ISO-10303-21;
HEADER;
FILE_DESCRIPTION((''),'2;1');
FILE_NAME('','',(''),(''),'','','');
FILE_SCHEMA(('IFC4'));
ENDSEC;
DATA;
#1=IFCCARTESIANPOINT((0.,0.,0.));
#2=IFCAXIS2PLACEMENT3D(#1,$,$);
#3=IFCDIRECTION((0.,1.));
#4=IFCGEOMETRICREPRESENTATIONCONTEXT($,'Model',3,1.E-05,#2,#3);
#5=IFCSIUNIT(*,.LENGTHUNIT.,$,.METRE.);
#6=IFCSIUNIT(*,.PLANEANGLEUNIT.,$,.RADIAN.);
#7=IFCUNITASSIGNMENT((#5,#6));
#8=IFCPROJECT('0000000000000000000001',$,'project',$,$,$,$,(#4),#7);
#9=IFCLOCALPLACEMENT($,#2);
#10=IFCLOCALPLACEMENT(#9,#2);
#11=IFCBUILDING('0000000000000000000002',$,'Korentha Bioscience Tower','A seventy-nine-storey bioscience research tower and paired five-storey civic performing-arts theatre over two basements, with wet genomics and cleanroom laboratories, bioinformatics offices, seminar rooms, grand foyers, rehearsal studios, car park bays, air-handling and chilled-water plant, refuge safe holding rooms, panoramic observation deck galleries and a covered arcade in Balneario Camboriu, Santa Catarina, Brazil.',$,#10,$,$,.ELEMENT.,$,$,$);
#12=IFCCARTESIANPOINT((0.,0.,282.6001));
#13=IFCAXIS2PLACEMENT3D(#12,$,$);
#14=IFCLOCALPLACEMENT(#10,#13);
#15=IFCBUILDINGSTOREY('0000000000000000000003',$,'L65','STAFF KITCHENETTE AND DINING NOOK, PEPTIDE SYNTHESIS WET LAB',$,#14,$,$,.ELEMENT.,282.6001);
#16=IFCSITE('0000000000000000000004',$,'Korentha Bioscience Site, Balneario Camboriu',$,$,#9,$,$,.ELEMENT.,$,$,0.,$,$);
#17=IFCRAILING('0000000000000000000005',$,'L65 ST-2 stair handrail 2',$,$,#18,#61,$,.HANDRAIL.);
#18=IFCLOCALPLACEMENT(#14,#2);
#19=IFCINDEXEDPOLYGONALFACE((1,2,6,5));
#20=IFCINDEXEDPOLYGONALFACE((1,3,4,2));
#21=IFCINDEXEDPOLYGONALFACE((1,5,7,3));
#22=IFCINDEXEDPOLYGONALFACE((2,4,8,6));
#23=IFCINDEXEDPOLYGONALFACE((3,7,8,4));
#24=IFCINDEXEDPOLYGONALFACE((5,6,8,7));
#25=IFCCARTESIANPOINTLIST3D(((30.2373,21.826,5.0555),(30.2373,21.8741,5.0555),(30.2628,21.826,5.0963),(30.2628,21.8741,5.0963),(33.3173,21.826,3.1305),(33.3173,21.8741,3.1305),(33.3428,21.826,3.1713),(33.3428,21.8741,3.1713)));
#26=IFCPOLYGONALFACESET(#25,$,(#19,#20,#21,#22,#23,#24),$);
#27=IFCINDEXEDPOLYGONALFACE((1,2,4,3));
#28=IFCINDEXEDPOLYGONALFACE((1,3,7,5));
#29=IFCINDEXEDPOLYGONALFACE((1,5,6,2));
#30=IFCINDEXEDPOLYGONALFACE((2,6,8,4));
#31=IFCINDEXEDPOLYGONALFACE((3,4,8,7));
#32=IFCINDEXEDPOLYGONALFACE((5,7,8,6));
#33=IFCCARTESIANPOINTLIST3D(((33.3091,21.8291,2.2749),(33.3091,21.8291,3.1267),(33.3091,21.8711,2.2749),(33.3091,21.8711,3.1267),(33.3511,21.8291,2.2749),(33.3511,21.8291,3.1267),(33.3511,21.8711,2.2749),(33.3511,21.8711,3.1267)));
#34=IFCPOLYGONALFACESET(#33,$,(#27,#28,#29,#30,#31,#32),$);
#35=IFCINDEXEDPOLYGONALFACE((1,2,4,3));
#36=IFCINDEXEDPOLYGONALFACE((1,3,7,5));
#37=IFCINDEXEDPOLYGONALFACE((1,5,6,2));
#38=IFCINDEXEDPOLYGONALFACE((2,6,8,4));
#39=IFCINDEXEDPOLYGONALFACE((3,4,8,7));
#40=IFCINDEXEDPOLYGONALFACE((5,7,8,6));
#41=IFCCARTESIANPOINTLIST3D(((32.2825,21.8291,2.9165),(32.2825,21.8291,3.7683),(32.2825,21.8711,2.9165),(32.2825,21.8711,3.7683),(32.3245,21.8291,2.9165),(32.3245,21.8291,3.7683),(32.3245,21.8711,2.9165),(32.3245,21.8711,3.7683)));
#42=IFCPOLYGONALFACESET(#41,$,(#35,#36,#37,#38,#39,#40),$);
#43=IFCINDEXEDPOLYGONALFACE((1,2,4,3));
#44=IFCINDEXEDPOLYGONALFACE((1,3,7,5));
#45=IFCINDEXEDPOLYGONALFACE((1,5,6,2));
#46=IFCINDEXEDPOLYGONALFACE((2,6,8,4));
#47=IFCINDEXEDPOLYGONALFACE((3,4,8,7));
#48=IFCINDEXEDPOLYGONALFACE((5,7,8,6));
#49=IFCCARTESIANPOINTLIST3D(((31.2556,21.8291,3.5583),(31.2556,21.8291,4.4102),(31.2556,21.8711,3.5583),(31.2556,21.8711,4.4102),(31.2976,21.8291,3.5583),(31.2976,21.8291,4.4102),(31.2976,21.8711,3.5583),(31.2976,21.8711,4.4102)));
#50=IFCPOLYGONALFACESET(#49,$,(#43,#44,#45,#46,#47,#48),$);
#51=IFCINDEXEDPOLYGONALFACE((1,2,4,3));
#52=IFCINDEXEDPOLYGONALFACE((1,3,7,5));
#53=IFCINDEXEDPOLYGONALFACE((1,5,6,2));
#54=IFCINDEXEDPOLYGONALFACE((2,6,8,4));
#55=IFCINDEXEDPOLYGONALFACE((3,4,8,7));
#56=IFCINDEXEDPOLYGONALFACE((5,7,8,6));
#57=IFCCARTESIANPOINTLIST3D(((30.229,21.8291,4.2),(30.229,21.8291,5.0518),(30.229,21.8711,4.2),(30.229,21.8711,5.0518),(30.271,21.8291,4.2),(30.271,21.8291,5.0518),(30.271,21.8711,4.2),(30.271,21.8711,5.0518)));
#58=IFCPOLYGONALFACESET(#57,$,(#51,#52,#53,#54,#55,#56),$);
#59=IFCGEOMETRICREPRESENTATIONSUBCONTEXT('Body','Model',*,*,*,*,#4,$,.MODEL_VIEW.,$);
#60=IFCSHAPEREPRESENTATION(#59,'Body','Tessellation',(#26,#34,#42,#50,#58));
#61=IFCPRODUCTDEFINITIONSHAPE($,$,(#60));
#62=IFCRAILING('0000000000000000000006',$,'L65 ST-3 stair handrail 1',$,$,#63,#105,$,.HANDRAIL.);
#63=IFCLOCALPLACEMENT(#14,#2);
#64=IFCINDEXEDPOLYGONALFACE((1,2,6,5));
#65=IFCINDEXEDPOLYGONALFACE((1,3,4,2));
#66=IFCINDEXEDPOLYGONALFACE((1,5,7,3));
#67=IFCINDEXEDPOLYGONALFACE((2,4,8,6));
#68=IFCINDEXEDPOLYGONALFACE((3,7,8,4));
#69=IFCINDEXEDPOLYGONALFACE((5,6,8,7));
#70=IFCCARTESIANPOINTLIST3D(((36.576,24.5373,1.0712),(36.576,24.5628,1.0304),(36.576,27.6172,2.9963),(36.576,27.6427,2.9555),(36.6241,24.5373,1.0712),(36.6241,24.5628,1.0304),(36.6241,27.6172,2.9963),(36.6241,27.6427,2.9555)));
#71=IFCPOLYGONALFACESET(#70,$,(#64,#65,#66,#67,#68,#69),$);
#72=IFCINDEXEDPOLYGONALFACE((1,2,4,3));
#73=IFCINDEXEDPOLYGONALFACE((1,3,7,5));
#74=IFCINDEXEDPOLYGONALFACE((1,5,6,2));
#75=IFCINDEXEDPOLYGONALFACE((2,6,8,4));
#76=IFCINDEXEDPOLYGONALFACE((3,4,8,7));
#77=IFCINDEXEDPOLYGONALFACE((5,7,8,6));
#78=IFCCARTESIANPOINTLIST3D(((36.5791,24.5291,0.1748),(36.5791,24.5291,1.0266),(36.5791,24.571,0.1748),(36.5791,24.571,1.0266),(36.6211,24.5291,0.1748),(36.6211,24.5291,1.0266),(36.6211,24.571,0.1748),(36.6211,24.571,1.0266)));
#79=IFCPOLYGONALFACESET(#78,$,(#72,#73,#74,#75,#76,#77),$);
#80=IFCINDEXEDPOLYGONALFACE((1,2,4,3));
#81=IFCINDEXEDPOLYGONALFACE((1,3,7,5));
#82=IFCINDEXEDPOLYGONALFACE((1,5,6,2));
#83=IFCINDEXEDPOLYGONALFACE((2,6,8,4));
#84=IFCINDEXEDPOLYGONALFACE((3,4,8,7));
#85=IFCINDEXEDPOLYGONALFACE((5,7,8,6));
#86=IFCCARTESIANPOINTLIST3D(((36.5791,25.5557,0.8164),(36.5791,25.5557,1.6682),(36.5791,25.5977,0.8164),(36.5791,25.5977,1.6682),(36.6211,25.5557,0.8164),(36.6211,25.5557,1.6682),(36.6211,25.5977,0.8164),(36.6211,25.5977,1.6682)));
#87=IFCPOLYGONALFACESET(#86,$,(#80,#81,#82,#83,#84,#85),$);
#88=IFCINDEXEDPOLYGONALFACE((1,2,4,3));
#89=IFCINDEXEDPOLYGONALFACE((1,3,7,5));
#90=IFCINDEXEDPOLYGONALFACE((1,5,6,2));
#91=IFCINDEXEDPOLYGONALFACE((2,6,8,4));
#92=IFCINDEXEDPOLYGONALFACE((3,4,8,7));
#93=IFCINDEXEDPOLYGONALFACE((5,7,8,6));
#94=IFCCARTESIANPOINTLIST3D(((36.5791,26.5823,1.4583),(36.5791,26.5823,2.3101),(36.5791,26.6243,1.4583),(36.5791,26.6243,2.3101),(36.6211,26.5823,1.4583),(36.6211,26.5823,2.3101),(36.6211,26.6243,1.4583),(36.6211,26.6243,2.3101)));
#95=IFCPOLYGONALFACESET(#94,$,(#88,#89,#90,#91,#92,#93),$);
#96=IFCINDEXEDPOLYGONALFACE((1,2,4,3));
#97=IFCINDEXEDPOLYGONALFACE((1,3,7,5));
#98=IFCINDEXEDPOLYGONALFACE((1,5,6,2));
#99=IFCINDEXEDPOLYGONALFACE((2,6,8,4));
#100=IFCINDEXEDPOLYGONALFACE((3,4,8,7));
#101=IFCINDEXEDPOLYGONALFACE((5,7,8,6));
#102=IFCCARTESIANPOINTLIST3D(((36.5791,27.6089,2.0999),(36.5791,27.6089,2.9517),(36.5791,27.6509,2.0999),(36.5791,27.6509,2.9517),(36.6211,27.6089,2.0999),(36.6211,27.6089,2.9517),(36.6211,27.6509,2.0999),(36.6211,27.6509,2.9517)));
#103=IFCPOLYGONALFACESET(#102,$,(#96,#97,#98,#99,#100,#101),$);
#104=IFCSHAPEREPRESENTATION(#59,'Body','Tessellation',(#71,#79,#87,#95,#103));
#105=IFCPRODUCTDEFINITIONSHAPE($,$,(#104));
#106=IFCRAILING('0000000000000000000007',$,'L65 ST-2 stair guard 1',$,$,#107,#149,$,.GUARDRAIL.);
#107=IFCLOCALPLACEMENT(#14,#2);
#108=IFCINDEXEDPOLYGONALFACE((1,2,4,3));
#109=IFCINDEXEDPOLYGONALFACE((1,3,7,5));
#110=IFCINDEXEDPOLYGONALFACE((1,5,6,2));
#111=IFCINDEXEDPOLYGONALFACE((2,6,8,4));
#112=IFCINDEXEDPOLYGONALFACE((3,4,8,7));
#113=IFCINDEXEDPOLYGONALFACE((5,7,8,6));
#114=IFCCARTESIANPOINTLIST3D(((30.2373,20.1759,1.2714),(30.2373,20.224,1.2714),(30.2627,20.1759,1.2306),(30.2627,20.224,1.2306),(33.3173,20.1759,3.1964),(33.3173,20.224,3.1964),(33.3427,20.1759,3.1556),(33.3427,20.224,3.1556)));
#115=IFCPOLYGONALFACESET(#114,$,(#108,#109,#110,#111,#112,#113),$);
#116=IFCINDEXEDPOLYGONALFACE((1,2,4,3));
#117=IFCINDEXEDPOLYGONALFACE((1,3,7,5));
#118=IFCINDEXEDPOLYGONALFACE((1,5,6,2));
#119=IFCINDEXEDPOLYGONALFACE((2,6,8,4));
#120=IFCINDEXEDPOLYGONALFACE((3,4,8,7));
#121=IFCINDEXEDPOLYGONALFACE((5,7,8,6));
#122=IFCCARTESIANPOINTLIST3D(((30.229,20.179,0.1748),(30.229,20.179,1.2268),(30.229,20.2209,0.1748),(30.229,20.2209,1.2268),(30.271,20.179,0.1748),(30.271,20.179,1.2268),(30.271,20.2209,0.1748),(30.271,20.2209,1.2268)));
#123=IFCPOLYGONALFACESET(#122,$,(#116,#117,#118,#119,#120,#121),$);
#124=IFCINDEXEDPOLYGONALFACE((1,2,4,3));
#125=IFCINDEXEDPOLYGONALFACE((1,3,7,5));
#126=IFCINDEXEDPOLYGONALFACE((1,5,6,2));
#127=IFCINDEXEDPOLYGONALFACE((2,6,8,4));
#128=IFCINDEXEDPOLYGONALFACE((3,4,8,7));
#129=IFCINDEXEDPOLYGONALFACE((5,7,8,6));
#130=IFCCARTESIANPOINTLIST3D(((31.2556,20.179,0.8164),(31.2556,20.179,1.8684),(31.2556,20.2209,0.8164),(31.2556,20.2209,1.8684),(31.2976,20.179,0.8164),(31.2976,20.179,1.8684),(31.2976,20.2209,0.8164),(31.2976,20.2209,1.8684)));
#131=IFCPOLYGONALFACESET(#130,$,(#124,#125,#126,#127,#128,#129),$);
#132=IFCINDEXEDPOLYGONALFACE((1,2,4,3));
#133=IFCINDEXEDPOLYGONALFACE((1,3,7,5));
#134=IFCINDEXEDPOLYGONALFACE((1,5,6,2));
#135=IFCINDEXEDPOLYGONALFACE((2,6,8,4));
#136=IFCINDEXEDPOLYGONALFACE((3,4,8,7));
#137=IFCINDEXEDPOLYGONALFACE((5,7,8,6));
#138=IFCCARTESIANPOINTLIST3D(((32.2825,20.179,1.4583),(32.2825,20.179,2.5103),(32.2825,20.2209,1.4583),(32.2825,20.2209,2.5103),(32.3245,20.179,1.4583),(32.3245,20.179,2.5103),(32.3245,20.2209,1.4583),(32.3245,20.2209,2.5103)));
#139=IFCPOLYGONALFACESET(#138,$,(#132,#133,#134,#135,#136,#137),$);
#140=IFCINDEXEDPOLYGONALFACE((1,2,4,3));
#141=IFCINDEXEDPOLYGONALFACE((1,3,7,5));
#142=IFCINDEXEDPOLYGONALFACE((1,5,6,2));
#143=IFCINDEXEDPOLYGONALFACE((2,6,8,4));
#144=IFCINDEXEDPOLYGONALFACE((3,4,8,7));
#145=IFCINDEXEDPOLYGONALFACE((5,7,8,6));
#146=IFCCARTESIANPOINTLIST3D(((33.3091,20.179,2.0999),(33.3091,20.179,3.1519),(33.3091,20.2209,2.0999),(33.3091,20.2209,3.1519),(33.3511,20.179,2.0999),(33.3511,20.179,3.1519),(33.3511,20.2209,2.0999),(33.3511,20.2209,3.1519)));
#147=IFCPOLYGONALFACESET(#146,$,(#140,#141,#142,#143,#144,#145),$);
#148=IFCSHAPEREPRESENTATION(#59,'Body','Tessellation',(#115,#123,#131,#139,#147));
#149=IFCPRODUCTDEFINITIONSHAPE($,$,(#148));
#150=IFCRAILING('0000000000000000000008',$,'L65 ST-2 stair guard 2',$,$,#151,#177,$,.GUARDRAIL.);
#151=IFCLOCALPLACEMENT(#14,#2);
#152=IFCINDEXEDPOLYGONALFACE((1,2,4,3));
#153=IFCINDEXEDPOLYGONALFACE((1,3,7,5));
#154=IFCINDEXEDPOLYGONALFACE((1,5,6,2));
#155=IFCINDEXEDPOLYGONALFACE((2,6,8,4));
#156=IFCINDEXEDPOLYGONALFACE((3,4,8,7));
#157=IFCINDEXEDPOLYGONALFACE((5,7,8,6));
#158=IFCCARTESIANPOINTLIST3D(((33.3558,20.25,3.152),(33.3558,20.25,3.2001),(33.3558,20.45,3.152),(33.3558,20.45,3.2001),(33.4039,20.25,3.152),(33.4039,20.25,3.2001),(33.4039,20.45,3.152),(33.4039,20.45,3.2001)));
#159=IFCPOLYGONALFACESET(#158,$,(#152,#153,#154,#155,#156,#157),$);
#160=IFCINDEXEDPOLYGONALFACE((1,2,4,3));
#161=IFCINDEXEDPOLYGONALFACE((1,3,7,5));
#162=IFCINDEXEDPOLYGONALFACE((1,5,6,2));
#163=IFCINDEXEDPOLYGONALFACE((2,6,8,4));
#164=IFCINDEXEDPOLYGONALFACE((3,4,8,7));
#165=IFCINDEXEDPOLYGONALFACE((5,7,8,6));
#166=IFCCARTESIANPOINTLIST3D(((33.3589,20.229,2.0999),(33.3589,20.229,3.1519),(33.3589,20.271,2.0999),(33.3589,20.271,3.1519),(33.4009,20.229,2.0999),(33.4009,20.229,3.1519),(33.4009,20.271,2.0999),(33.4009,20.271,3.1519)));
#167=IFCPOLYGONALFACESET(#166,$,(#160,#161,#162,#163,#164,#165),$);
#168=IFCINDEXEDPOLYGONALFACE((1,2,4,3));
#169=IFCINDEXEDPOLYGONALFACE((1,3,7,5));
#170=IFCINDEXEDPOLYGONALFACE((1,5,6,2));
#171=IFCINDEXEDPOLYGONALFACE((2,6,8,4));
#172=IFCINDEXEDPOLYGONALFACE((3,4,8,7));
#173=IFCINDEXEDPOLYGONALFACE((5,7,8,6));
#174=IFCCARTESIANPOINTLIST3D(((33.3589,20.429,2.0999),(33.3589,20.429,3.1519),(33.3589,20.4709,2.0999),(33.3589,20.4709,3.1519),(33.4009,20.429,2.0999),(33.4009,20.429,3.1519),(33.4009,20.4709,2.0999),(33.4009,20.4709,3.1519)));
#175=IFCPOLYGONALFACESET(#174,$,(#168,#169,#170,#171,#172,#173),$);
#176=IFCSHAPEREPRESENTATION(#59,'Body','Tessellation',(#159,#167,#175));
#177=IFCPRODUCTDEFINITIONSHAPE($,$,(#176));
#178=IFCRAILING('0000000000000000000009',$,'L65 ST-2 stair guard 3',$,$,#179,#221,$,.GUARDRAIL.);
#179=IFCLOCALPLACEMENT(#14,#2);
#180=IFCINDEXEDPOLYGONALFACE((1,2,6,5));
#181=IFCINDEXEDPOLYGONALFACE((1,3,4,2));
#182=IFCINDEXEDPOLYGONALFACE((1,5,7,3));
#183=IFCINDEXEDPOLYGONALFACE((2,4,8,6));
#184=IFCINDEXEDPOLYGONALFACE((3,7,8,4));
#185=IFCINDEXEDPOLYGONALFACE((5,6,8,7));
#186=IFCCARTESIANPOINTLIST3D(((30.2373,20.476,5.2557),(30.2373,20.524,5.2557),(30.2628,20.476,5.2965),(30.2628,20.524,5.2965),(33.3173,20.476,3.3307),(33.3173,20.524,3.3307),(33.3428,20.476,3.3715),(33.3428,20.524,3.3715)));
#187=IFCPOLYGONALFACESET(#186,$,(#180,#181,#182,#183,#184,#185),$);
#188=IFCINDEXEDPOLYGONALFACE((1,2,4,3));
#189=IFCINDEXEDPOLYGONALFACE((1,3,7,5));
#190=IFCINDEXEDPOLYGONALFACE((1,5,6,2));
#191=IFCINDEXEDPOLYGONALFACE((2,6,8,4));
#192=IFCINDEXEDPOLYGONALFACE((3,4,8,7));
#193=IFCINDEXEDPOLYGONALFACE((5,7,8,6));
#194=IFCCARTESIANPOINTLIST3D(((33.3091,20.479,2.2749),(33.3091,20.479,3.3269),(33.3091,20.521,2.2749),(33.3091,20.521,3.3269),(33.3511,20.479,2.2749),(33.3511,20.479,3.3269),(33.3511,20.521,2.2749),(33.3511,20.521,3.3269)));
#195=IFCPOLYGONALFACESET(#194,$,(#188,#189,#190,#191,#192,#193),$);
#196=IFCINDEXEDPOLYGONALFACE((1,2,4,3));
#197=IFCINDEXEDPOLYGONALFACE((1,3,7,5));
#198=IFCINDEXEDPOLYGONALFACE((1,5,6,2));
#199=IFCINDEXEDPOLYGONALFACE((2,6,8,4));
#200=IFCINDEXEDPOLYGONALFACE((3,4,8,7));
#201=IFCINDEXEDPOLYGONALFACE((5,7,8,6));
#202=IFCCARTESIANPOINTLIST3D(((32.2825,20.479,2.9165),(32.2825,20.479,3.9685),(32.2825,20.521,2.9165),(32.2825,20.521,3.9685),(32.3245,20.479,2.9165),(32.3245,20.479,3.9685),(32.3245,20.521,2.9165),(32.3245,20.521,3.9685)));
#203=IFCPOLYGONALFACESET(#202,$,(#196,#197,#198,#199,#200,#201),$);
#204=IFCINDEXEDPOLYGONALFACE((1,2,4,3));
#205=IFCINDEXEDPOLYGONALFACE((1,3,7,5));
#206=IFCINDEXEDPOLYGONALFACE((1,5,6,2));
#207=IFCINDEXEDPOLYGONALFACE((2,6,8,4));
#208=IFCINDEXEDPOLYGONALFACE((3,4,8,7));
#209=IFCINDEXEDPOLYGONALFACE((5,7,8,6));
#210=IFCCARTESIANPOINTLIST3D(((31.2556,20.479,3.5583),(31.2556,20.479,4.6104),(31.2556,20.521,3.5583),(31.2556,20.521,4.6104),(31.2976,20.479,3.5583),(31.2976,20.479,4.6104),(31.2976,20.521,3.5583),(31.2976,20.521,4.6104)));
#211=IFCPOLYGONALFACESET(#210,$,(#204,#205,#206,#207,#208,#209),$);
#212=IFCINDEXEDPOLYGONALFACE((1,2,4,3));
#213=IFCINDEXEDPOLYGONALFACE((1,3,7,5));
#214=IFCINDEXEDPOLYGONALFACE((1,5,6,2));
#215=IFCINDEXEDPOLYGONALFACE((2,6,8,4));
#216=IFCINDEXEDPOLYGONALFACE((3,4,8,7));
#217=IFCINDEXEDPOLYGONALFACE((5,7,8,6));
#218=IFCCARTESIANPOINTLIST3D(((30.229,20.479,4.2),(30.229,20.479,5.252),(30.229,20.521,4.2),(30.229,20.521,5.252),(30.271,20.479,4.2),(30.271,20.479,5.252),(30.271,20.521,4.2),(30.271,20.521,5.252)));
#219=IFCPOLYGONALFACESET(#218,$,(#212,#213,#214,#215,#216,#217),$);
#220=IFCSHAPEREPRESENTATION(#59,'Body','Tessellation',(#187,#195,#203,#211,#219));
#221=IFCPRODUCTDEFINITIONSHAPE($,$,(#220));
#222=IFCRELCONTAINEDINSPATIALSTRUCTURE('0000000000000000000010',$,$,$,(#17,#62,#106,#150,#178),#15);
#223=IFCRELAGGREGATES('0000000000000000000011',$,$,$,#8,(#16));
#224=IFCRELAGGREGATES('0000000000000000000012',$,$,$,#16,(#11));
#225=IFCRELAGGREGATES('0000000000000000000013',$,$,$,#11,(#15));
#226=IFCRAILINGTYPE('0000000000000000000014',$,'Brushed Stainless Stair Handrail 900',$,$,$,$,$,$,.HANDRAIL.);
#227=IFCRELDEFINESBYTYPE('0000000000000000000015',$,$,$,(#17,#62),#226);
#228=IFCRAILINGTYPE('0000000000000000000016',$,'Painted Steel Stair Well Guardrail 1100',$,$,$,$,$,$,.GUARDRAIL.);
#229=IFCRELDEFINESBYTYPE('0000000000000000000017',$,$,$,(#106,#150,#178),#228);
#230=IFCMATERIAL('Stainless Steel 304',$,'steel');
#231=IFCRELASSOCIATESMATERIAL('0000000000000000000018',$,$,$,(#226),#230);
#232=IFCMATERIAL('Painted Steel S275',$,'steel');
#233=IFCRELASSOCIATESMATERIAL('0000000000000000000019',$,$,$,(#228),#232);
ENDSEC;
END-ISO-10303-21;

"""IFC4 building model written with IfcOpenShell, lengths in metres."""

from ifc_helpers import new_model, si_unit, direction, frame, origin, origin_2d, place, context, subcontext, project, spatial, rectangle, extrude, material, type_object, element, save


model = new_model("IFC4")

# Units and contexts
model_context = context("Model", 3, precision=1e-05, world=origin(), true_north=direction((0.0, 1.0)))
body_context = subcontext(model_context, "Body", "Model", "MODEL_VIEW")
ifc_project = project(units=[si_unit("LENGTHUNIT", "METRE"), si_unit("PLANEANGLEUNIT", "RADIAN")], contexts=[model_context])

# Site, building, storey
site_placement = place(None, origin())
site = spatial("IfcSite", under=ifc_project, at=site_placement, Name="Korentha Bioscience Site, Balneario Camboriu", CompositionType="ELEMENT", RefElevation=0.0)
building_placement = place(site_placement, origin())
building = spatial("IfcBuilding", under=site, at=building_placement, Name="Korentha Bioscience Tower", Description="A seventy-nine-storey bioscience research tower and paired five-storey civic performing-arts theatre over two basements, with wet genomics and cleanroom laboratories, bioinformatics offices, seminar rooms, grand foyers, rehearsal studios, car park bays, air-handling and chilled-water plant, refuge safe holding rooms, panoramic observation deck galleries and a covered arcade in Balneario Camboriu, Santa Catarina, Brazil.", CompositionType="ELEMENT")
storey_placement = place(building_placement, frame((0.0, 0.0, 282.6001)))
storey = spatial("IfcBuildingStorey", under=building, at=storey_placement, Name="L65", Description="STAFF KITCHENETTE AND DINING NOOK, PEPTIDE SYNTHESIS WET LAB", CompositionType="ELEMENT", Elevation=282.6001)

# Railings
ifc_material_1 = material(Name="Stainless Steel 304", Category="steel")
railing_type_1 = type_object("IfcRailingType", Name="Brushed Stainless Stair Handrail 900", PredefinedType="HANDRAIL", material=ifc_material_1)
railing_1_placement = place(storey_placement, frame((33.3301, 21.8501, 2.2749)))
element("IfcRailing", 1, at=railing_1_placement, inside=storey, type_object=railing_type_1, Name="L65 ST-2 stair handrail 2", PredefinedType="HANDRAIL", context=body_context, shape_type="SweptSolid", body=[
    extrude(rectangle(XDim=0.0481, YDim=0.0481, at=origin_2d()), frame((0.0, 0.0, 0.876), z_axis=(-0.847998, 0.0, 0.529999), x_axis=(0.0, -1.0, 0.0)), (0.0, 0.0, 1.0), 3.6321),
    extrude(rectangle(XDim=0.042, YDim=0.042, at=origin_2d()), origin(), (0.0, 0.0, 1.0), 0.8518),
    extrude(rectangle(XDim=0.042, YDim=0.042, at=origin_2d()), frame((-1.0266, 0.0, 0.6416)), (0.0, 0.0, 1.0), 0.8518),
    extrude(rectangle(XDim=0.042, YDim=0.042, at=origin_2d()), frame((-2.0535, 0.0, 1.2834)), (0.0, 0.0, 1.0), 0.8518),
    extrude(rectangle(XDim=0.042, YDim=0.042, at=origin_2d()), frame((-3.0801, 0.0, 1.925)), (0.0, 0.0, 1.0), 0.8518),
])
railing_2_placement = place(storey_placement, frame((36.6001, 24.55, 0.1748)))
element("IfcRailing", 2, at=railing_2_placement, inside=storey, type_object=railing_type_1, Name="L65 ST-3 stair handrail 1", PredefinedType="HANDRAIL", context=body_context, shape_type="SweptSolid", body=[
    extrude(rectangle(XDim=0.0481, YDim=0.0481, at=origin_2d()), frame((0.0, 0.0, 0.876), z_axis=(0.0, 0.847979, 0.530029), x_axis=(-1.0, 0.0, 0.0)), (0.0, 0.0, 1.0), 3.6321),
    extrude(rectangle(XDim=0.042, YDim=0.042, at=origin_2d()), origin(), (0.0, 0.0, 1.0), 0.8518),
    extrude(rectangle(XDim=0.042, YDim=0.042, at=origin_2d()), frame((0.0, 1.0266, 0.6416)), (0.0, 0.0, 1.0), 0.8518),
    extrude(rectangle(XDim=0.042, YDim=0.042, at=origin_2d()), frame((0.0, 2.0532, 1.2834)), (0.0, 0.0, 1.0), 0.8518),
    extrude(rectangle(XDim=0.042, YDim=0.042, at=origin_2d()), frame((0.0, 3.0798, 1.925)), (0.0, 0.0, 1.0), 0.8518),
])
ifc_material_2 = material(Name="Painted Steel S275", Category="steel")
railing_type_2 = type_object("IfcRailingType", Name="Painted Steel Stair Well Guardrail 1100", PredefinedType="GUARDRAIL", material=ifc_material_2)
railing_3_placement = place(storey_placement, frame((30.25, 20.2, 0.1748)))
element("IfcRailing", 3, at=railing_3_placement, inside=storey, type_object=railing_type_2, Name="L65 ST-2 stair guard 1", PredefinedType="GUARDRAIL", context=body_context, shape_type="SweptSolid", body=[
    extrude(rectangle(XDim=0.0481, YDim=0.0481, at=origin_2d()), frame((0.0, 0.0, 1.0762), z_axis=(0.847998, 0.0, 0.529999), x_axis=(0.0, 1.0, 0.0)), (0.0, 0.0, 1.0), 3.6321),
    extrude(rectangle(XDim=0.042, YDim=0.042, at=origin_2d()), origin(), (0.0, 0.0, 1.0), 1.052),
    extrude(rectangle(XDim=0.042, YDim=0.042, at=origin_2d()), frame((1.0266, 0.0, 0.6416)), (0.0, 0.0, 1.0), 1.052),
    extrude(rectangle(XDim=0.042, YDim=0.042, at=origin_2d()), frame((2.0535, 0.0, 1.2834)), (0.0, 0.0, 1.0), 1.052),
    extrude(rectangle(XDim=0.042, YDim=0.042, at=origin_2d()), frame((3.0801, 0.0, 1.925)), (0.0, 0.0, 1.0), 1.052),
])
railing_4_placement = place(storey_placement, frame((33.3799, 20.25, 2.0999)))
element("IfcRailing", 4, at=railing_4_placement, inside=storey, type_object=railing_type_2, Name="L65 ST-2 stair guard 2", PredefinedType="GUARDRAIL", context=body_context, shape_type="SweptSolid", body=[
    extrude(rectangle(XDim=0.0481, YDim=0.0481, at=origin_2d()), frame((0.0, 0.0, 1.0762), z_axis=(0.0, 1.0, 0.0), x_axis=(-1.0, 0.0, 0.0)), (0.0, 0.0, 1.0), 0.2),
    extrude(rectangle(XDim=0.042, YDim=0.042, at=origin_2d()), origin(), (0.0, 0.0, 1.0), 1.052),
    extrude(rectangle(XDim=0.042, YDim=0.042, at=origin_2d()), frame((0.0, 0.2, 0.0)), (0.0, 0.0, 1.0), 1.052),
])
railing_5_placement = place(storey_placement, frame((33.3301, 20.5, 2.2749)))
element("IfcRailing", 5, at=railing_5_placement, inside=storey, type_object=railing_type_2, Name="L65 ST-2 stair guard 3", PredefinedType="GUARDRAIL", context=body_context, shape_type="SweptSolid", body=[
    extrude(rectangle(XDim=0.0481, YDim=0.0481, at=origin_2d()), frame((0.0, 0.0, 1.0762), z_axis=(-0.847998, 0.0, 0.529999), x_axis=(0.0, -1.0, 0.0)), (0.0, 0.0, 1.0), 3.6321),
    extrude(rectangle(XDim=0.042, YDim=0.042, at=origin_2d()), origin(), (0.0, 0.0, 1.0), 1.052),
    extrude(rectangle(XDim=0.042, YDim=0.042, at=origin_2d()), frame((-1.0266, 0.0, 0.6416)), (0.0, 0.0, 1.0), 1.052),
    extrude(rectangle(XDim=0.042, YDim=0.042, at=origin_2d()), frame((-2.0535, 0.0, 1.2834)), (0.0, 0.0, 1.0), 1.052),
    extrude(rectangle(XDim=0.042, YDim=0.042, at=origin_2d()), frame((-3.0801, 0.0, 1.925)), (0.0, 0.0, 1.0), 1.052),
])

save(model, "model.ifc")
